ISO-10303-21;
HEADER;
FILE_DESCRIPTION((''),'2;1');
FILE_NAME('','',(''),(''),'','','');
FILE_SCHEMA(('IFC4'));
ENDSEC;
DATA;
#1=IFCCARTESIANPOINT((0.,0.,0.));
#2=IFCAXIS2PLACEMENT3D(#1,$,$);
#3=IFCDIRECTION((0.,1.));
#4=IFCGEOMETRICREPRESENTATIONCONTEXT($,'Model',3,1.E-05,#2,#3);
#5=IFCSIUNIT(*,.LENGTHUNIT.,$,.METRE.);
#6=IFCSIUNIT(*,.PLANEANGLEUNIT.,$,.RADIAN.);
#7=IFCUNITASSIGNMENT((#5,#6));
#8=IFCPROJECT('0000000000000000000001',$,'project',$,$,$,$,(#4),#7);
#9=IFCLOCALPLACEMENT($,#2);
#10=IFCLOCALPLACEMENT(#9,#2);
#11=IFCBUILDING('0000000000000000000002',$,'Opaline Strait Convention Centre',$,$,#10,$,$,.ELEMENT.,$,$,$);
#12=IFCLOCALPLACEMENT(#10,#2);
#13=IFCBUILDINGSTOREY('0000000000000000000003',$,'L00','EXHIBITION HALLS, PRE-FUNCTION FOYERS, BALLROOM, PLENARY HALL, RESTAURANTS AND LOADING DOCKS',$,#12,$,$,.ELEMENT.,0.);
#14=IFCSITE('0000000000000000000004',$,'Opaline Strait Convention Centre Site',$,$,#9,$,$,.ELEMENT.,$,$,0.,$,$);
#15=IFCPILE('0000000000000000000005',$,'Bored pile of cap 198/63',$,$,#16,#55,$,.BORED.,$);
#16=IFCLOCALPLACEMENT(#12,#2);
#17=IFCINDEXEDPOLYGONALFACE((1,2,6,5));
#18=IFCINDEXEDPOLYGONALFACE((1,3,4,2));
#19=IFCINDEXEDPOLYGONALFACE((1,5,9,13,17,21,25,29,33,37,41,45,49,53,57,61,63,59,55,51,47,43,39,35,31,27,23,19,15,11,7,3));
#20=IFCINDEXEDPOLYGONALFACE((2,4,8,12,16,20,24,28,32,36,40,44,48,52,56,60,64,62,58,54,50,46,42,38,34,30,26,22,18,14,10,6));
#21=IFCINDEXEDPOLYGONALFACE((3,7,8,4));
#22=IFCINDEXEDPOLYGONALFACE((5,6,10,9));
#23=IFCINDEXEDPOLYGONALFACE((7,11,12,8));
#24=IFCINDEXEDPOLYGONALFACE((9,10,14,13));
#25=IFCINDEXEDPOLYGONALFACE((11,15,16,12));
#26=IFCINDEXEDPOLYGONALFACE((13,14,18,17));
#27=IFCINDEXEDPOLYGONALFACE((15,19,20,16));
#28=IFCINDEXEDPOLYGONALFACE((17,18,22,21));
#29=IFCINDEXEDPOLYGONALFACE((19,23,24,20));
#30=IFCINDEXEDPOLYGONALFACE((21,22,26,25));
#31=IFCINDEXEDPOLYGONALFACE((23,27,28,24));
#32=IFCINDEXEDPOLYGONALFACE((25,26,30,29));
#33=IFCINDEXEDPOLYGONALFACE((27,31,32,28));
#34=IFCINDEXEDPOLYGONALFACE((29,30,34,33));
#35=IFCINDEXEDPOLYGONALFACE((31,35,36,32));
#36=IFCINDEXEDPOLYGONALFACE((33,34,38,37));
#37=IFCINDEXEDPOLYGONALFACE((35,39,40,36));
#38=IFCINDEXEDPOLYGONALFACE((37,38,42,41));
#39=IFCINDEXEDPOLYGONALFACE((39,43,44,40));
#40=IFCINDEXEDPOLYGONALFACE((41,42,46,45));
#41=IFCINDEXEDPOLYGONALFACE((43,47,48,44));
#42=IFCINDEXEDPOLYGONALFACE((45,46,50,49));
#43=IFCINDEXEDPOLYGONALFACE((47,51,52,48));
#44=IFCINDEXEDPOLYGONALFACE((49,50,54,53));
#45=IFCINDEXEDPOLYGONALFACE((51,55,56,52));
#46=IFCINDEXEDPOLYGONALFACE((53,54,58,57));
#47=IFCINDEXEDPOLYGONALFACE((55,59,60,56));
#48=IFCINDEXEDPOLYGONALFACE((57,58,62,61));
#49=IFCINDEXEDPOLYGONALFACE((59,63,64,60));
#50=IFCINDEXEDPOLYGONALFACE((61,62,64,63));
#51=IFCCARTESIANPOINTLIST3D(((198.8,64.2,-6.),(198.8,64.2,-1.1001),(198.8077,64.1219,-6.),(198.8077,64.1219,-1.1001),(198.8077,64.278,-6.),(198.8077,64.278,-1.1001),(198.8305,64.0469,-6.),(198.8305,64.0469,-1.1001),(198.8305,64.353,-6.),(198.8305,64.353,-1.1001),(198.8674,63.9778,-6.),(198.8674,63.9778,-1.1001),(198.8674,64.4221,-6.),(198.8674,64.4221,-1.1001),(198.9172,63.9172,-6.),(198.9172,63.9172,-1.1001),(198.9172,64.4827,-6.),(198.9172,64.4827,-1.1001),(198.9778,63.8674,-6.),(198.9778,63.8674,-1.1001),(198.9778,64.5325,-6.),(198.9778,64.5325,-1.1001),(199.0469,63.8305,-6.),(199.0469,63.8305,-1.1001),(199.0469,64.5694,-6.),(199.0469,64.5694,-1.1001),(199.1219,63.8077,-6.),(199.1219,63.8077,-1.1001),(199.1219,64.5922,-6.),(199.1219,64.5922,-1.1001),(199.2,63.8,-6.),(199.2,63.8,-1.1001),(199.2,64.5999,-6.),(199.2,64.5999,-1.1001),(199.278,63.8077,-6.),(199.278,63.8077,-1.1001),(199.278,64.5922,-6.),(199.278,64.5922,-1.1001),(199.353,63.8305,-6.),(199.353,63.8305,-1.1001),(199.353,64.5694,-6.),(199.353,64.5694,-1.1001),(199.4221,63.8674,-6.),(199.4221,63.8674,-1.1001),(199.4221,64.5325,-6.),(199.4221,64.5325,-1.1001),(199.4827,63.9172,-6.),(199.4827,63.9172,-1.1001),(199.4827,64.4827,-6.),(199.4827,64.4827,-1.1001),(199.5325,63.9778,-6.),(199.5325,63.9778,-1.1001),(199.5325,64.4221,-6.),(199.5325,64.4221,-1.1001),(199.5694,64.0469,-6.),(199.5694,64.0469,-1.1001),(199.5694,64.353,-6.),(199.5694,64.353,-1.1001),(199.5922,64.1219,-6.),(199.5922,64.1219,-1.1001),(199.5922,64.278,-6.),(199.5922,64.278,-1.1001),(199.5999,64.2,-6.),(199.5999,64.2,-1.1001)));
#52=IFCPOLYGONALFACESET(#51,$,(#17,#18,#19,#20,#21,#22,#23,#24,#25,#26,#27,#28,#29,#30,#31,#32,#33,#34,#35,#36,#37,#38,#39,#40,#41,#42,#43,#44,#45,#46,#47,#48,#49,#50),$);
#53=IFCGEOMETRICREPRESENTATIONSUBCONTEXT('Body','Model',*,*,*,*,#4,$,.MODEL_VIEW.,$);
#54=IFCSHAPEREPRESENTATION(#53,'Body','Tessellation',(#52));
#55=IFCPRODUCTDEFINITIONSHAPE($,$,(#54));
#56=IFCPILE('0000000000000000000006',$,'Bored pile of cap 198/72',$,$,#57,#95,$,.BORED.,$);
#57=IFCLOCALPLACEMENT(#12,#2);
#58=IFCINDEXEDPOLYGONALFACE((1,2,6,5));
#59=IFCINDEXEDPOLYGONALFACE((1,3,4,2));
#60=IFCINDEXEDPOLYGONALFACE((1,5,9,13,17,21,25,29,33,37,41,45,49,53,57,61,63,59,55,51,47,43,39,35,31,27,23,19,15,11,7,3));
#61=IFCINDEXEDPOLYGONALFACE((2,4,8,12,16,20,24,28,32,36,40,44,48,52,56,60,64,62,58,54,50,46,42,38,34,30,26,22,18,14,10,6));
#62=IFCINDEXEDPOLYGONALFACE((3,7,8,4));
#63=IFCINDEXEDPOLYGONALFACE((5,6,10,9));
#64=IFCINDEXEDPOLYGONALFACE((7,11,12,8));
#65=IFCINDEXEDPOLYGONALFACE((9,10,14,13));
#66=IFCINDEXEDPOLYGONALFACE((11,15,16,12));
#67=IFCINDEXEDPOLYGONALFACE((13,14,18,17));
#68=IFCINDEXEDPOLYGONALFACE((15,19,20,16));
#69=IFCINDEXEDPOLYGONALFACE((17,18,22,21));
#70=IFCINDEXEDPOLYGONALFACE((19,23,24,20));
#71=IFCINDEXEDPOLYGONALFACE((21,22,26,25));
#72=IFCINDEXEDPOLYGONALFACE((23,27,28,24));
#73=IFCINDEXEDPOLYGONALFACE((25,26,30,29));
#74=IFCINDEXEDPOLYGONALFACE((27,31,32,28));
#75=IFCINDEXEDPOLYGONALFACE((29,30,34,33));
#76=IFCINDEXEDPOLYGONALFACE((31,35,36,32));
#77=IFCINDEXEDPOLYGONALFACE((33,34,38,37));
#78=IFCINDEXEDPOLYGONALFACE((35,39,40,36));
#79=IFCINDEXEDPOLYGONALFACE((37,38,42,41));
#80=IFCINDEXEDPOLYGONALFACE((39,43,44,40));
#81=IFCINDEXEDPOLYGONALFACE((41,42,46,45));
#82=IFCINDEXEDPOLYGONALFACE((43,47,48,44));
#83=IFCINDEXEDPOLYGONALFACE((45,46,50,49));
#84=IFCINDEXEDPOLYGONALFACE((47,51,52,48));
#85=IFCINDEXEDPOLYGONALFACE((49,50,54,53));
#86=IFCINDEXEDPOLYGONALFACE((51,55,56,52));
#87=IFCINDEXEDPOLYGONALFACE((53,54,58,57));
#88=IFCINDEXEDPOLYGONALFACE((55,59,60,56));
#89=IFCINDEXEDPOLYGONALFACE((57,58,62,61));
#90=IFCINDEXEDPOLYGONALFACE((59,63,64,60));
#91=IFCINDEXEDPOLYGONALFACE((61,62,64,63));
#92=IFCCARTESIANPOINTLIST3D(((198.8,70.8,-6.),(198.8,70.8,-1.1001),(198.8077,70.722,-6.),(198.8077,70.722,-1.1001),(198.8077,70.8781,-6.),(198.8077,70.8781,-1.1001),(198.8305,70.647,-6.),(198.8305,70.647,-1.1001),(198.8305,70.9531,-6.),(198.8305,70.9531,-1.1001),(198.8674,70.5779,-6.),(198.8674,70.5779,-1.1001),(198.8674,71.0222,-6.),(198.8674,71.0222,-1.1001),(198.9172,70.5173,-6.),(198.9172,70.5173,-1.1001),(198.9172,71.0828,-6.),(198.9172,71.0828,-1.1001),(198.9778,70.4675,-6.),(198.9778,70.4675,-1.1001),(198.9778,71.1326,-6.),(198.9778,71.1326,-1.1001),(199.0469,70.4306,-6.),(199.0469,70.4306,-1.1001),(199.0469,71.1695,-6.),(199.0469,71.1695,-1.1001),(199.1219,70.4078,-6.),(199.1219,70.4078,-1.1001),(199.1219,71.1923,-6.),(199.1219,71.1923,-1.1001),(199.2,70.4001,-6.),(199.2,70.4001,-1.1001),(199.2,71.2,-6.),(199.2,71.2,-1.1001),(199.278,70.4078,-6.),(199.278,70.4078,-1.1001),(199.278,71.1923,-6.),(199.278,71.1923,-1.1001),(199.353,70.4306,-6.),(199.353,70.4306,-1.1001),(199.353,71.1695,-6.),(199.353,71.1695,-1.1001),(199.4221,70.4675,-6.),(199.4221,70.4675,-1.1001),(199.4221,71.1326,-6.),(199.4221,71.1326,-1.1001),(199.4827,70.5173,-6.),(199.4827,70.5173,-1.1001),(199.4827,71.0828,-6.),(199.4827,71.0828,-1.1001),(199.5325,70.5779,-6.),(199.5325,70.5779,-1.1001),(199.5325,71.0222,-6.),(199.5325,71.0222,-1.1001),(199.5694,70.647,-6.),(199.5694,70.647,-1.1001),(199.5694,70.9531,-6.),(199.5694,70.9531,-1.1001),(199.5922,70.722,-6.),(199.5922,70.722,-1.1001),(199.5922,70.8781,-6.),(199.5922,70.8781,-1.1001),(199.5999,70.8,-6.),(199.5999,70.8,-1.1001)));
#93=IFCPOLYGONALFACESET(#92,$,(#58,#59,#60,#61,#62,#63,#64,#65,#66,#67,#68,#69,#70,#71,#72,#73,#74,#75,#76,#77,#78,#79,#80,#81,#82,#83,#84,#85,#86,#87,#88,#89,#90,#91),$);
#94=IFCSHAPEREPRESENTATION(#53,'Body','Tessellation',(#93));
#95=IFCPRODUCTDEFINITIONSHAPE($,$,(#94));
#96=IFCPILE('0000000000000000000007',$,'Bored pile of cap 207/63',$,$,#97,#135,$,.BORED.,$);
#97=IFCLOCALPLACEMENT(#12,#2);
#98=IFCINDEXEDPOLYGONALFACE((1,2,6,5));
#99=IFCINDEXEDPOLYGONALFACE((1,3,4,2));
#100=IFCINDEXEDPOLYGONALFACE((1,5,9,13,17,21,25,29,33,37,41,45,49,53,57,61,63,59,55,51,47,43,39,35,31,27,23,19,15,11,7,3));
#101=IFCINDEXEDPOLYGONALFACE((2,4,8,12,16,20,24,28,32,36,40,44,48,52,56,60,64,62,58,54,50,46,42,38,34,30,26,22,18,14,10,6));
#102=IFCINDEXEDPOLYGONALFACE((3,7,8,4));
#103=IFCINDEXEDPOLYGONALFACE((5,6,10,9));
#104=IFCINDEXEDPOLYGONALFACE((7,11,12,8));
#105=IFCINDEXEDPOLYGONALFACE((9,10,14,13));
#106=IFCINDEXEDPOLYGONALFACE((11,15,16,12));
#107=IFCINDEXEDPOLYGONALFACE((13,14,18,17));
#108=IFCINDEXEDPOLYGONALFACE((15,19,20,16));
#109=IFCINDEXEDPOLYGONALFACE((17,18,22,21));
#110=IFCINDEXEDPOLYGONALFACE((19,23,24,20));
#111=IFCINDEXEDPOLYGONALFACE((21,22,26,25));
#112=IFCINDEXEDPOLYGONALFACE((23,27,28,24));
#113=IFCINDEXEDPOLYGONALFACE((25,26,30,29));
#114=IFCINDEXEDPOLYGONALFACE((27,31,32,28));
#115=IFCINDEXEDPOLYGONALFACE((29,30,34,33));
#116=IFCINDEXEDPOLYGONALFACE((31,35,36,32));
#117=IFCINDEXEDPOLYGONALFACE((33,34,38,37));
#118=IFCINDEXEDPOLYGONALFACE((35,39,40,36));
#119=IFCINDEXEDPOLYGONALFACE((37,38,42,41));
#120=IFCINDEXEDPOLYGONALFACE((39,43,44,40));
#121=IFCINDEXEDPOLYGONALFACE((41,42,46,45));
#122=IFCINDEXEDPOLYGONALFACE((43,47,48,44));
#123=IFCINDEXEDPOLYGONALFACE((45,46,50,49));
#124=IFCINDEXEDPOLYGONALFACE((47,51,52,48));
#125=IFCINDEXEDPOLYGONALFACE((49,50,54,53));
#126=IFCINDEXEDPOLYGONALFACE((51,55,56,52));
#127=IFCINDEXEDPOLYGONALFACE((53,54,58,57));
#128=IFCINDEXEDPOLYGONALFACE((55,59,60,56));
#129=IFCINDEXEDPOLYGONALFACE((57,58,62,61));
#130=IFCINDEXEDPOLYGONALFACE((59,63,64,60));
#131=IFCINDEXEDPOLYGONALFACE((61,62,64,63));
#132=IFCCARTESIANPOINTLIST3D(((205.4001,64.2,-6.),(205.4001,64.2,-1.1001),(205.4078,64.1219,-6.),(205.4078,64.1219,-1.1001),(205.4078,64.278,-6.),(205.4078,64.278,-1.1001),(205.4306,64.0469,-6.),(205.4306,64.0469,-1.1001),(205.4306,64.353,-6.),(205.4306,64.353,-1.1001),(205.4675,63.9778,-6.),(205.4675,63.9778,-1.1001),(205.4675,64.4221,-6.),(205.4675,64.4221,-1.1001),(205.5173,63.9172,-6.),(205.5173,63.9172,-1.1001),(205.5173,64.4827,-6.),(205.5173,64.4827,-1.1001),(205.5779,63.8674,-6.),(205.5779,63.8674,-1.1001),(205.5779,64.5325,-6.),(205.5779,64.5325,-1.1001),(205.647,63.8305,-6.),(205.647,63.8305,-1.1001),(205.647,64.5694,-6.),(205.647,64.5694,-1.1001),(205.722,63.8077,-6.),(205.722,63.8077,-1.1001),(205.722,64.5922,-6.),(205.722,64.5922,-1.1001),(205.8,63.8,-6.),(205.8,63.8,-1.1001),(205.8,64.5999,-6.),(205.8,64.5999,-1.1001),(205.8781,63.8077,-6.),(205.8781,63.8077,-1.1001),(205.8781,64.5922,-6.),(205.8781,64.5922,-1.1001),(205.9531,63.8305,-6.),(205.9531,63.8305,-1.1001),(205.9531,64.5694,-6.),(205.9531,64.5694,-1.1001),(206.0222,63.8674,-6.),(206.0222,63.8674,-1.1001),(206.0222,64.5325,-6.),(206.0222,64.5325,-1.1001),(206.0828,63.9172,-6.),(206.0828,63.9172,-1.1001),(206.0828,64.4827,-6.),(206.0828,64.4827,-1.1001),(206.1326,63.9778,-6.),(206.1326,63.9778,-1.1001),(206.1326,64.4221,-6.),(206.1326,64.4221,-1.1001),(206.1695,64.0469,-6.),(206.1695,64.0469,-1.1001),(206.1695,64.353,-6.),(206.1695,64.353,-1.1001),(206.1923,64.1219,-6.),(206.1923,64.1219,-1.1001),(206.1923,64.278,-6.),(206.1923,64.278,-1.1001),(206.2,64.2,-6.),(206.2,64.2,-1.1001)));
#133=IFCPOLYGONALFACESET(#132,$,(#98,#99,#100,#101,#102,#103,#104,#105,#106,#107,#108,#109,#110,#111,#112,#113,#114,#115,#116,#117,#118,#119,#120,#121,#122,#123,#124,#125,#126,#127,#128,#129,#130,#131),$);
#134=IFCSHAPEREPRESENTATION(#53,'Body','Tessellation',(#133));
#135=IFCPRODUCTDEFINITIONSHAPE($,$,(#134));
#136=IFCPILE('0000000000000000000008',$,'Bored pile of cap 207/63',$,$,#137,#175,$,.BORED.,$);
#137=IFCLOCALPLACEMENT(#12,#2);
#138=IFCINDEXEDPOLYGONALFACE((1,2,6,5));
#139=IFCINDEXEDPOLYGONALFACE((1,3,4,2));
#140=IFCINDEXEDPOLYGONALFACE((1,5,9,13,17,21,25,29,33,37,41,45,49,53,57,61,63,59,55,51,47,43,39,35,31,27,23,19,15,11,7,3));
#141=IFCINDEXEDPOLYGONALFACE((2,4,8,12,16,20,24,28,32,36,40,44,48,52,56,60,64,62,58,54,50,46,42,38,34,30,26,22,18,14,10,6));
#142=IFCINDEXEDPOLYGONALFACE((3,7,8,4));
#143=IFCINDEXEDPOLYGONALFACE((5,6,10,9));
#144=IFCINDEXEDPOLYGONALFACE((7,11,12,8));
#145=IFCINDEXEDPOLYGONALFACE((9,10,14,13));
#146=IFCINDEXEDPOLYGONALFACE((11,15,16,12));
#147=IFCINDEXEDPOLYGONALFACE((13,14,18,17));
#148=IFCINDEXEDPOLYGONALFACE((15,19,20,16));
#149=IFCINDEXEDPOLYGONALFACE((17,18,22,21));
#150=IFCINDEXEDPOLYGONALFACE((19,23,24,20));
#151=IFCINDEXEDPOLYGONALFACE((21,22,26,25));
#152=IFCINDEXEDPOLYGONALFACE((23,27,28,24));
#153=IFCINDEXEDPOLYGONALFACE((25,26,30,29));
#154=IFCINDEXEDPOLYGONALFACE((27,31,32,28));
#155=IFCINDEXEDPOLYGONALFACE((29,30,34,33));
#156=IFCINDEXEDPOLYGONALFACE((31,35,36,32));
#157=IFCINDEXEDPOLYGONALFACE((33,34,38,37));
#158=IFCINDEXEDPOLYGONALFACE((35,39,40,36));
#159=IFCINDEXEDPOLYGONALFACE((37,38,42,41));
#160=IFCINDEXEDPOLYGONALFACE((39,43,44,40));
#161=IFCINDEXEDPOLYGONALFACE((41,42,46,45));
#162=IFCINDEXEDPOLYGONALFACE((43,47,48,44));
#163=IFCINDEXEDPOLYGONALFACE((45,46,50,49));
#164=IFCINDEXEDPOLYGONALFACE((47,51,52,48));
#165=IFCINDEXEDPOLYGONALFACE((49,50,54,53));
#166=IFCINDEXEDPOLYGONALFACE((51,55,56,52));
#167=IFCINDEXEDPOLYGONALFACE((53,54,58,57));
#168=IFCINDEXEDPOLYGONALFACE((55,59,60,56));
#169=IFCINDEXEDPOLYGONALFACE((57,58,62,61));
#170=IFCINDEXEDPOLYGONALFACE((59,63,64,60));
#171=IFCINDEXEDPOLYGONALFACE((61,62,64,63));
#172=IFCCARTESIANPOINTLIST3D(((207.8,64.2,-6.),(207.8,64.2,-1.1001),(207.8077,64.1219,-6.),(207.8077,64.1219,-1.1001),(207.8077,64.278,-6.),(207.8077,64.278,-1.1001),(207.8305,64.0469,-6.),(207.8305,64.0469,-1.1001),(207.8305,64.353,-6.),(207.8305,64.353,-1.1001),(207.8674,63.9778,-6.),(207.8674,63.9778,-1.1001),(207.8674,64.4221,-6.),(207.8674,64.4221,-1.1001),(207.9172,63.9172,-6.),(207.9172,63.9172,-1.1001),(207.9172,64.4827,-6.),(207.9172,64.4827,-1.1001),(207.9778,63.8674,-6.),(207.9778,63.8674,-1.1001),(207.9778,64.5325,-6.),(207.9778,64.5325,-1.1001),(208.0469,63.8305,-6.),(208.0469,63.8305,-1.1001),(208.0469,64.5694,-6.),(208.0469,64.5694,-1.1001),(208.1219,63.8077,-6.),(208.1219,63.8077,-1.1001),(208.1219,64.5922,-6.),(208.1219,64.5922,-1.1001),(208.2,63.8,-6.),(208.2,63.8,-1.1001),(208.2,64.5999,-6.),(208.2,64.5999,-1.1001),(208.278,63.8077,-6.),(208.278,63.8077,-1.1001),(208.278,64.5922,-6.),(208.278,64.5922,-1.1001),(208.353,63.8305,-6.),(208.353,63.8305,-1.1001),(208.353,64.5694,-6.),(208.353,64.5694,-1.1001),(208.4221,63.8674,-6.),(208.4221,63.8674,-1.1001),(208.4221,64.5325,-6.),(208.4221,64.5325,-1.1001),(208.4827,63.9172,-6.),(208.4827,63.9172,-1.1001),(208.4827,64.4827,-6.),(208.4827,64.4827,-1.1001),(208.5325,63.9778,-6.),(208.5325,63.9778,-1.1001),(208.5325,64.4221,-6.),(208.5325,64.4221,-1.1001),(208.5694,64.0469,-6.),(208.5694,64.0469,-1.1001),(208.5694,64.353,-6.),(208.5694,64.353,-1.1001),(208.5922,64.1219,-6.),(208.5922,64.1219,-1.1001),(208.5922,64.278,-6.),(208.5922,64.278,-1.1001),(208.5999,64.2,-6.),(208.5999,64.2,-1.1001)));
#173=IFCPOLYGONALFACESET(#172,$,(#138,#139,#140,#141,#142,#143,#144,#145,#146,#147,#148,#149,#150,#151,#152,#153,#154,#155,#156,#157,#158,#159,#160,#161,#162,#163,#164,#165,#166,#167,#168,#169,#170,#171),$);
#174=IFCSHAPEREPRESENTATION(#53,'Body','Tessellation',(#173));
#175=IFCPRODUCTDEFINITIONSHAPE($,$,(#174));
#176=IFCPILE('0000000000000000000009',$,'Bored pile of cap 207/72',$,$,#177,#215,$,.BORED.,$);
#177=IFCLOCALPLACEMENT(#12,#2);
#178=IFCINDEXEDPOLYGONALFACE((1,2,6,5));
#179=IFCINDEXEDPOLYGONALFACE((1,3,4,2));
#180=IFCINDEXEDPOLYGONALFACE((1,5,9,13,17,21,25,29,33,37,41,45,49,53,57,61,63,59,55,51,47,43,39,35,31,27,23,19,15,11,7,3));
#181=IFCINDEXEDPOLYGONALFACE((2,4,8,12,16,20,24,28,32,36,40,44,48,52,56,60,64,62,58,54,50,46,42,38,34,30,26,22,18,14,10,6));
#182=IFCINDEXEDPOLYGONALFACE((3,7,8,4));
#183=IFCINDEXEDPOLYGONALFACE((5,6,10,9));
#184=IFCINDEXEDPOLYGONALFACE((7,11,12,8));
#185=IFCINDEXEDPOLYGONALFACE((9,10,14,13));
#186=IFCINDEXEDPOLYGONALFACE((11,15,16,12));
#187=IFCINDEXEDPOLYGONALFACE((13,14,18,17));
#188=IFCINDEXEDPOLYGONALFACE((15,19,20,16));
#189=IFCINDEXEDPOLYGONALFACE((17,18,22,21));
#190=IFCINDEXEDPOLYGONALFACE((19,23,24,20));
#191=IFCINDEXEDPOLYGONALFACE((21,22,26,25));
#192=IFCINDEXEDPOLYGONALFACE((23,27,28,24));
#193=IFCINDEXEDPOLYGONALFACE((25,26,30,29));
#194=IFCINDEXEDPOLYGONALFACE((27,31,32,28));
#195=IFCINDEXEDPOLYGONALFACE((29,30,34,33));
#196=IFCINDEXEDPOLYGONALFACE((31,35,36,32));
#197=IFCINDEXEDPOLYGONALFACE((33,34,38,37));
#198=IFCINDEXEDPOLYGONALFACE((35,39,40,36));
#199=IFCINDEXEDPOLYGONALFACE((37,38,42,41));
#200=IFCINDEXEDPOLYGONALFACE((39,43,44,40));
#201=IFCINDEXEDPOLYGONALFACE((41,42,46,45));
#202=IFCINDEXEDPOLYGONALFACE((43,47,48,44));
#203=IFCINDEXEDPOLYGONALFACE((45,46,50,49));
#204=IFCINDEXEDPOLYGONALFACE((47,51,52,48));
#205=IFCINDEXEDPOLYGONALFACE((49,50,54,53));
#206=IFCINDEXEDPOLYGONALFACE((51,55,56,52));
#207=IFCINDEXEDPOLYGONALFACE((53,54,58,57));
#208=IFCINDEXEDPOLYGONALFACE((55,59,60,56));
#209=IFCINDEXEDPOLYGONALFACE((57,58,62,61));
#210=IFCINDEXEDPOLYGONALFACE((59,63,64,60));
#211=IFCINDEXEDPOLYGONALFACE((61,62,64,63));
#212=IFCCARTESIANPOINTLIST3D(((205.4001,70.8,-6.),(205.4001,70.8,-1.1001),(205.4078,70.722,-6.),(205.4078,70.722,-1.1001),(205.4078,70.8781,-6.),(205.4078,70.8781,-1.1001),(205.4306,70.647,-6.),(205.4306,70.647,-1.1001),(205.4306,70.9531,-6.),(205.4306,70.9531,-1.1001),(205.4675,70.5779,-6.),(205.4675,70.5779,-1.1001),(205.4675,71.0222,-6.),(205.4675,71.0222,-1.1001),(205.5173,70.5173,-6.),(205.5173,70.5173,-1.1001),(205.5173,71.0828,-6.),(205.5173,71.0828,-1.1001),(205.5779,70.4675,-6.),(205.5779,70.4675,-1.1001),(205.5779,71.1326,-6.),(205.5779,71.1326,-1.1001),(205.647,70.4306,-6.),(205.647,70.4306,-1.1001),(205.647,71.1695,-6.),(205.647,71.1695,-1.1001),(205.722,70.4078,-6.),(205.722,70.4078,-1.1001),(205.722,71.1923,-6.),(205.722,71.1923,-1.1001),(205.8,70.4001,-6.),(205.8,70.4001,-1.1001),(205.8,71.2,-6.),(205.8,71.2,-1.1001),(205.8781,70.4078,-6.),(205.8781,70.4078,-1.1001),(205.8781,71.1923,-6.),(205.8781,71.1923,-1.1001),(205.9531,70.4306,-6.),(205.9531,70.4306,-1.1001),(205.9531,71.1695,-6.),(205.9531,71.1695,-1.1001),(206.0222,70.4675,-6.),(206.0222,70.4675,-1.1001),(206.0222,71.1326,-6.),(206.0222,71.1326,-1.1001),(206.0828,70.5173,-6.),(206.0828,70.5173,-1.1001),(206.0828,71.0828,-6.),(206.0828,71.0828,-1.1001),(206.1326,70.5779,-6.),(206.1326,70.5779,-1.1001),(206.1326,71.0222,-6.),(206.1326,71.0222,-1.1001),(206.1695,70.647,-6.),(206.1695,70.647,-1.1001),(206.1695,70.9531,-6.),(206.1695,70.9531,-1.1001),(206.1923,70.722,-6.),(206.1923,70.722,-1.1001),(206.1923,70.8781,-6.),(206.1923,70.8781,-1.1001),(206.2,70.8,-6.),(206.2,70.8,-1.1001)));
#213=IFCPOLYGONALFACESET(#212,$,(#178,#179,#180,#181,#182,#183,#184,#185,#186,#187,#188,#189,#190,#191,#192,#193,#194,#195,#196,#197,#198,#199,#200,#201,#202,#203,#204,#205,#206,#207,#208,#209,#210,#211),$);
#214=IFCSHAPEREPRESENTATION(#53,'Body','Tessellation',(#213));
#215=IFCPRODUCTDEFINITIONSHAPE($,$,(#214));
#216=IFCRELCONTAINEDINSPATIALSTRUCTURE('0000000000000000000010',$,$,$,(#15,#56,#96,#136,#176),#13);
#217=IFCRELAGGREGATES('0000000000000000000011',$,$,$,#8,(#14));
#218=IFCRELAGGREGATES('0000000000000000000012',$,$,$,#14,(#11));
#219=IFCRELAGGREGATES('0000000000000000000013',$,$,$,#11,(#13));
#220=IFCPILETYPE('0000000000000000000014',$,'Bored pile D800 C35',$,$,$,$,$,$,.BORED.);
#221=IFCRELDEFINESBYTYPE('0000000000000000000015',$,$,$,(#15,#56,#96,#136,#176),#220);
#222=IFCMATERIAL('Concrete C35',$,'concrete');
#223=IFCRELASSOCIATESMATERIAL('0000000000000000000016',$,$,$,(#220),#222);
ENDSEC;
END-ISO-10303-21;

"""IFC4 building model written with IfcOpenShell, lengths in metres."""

from ifc_helpers import new_model, si_unit, direction, frame, origin, origin_2d, place, context, subcontext, project, spatial, circle, extrude, material, material_profile, profile_set, type_object, element, save


model = new_model("IFC4")

# Units and contexts
model_context = context("Model", 3, precision=1e-05, world=origin(), true_north=direction((0.0, 1.0)))
body_context = subcontext(model_context, "Body", "Model", "MODEL_VIEW")
ifc_project = project(units=[si_unit("LENGTHUNIT", "METRE"), si_unit("PLANEANGLEUNIT", "RADIAN")], contexts=[model_context])

# Site, building, storey
site_placement = place(None, origin())
site = spatial("IfcSite", under=ifc_project, at=site_placement, Name="Opaline Strait Convention Centre Site", CompositionType="ELEMENT", RefElevation=0.0)
building_placement = place(site_placement, origin())
building = spatial("IfcBuilding", under=site, at=building_placement, Name="Opaline Strait Convention Centre", CompositionType="ELEMENT")
storey_placement = place(building_placement, origin())
storey = spatial("IfcBuildingStorey", under=building, at=storey_placement, Name="L00", Description="EXHIBITION HALLS, PRE-FUNCTION FOYERS, BALLROOM, PLENARY HALL, RESTAURANTS AND LOADING DOCKS", CompositionType="ELEMENT", Elevation=0.0)

# Piles
ifc_material_1 = material(Name="Concrete C35", Category="concrete")
ifc_material_profile_1 = material_profile(ifc_material_1, circle(Radius=0.3999, at=origin_2d()), Name="D800")
ifc_profile_set_1 = profile_set([ifc_material_profile_1], Name="Concrete C35")
pile_type = type_object("IfcPileType", Name="Bored pile D800 C35", PredefinedType="BORED", material=ifc_profile_set_1)
for number, where, z_axis, x_axis, name in (
    (1, (199.2, 64.2, -1.1001), (0.0, 0.0, -1.0), (1.0, 0.0, 0.0), "Bored pile of cap 198/63"),
    (2, (199.2, 70.8, -1.1001), (0.0, 0.0, -1.0), (1.0, 0.0, 0.0), "Bored pile of cap 198/72"),
    (3, (205.8, 64.2, -1.1001), (0.0, 0.0, -1.0), (1.0, 0.0, 0.0), "Bored pile of cap 207/63"),
    (4, (208.2, 64.2, -1.1001), (0.0, 0.0, -1.0), (1.0, 0.0, 0.0), "Bored pile of cap 207/63"),
    (5, (205.8, 70.8, -1.1001), (0.0, 0.0, -1.0), (1.0, 0.0, 0.0), "Bored pile of cap 207/72"),
):
    element("IfcPile", number, at=place(storey_placement, frame(where, z_axis=z_axis, x_axis=x_axis)), inside=storey, type_object=pile_type, Name=name, PredefinedType="BORED", context=body_context, shape_type="SweptSolid", body=[
        extrude(circle(Radius=0.3999, at=origin_2d()), origin(), (0.0, 0.0, 1.0), 4.8999),
    ])

save(model, "model.ifc")
